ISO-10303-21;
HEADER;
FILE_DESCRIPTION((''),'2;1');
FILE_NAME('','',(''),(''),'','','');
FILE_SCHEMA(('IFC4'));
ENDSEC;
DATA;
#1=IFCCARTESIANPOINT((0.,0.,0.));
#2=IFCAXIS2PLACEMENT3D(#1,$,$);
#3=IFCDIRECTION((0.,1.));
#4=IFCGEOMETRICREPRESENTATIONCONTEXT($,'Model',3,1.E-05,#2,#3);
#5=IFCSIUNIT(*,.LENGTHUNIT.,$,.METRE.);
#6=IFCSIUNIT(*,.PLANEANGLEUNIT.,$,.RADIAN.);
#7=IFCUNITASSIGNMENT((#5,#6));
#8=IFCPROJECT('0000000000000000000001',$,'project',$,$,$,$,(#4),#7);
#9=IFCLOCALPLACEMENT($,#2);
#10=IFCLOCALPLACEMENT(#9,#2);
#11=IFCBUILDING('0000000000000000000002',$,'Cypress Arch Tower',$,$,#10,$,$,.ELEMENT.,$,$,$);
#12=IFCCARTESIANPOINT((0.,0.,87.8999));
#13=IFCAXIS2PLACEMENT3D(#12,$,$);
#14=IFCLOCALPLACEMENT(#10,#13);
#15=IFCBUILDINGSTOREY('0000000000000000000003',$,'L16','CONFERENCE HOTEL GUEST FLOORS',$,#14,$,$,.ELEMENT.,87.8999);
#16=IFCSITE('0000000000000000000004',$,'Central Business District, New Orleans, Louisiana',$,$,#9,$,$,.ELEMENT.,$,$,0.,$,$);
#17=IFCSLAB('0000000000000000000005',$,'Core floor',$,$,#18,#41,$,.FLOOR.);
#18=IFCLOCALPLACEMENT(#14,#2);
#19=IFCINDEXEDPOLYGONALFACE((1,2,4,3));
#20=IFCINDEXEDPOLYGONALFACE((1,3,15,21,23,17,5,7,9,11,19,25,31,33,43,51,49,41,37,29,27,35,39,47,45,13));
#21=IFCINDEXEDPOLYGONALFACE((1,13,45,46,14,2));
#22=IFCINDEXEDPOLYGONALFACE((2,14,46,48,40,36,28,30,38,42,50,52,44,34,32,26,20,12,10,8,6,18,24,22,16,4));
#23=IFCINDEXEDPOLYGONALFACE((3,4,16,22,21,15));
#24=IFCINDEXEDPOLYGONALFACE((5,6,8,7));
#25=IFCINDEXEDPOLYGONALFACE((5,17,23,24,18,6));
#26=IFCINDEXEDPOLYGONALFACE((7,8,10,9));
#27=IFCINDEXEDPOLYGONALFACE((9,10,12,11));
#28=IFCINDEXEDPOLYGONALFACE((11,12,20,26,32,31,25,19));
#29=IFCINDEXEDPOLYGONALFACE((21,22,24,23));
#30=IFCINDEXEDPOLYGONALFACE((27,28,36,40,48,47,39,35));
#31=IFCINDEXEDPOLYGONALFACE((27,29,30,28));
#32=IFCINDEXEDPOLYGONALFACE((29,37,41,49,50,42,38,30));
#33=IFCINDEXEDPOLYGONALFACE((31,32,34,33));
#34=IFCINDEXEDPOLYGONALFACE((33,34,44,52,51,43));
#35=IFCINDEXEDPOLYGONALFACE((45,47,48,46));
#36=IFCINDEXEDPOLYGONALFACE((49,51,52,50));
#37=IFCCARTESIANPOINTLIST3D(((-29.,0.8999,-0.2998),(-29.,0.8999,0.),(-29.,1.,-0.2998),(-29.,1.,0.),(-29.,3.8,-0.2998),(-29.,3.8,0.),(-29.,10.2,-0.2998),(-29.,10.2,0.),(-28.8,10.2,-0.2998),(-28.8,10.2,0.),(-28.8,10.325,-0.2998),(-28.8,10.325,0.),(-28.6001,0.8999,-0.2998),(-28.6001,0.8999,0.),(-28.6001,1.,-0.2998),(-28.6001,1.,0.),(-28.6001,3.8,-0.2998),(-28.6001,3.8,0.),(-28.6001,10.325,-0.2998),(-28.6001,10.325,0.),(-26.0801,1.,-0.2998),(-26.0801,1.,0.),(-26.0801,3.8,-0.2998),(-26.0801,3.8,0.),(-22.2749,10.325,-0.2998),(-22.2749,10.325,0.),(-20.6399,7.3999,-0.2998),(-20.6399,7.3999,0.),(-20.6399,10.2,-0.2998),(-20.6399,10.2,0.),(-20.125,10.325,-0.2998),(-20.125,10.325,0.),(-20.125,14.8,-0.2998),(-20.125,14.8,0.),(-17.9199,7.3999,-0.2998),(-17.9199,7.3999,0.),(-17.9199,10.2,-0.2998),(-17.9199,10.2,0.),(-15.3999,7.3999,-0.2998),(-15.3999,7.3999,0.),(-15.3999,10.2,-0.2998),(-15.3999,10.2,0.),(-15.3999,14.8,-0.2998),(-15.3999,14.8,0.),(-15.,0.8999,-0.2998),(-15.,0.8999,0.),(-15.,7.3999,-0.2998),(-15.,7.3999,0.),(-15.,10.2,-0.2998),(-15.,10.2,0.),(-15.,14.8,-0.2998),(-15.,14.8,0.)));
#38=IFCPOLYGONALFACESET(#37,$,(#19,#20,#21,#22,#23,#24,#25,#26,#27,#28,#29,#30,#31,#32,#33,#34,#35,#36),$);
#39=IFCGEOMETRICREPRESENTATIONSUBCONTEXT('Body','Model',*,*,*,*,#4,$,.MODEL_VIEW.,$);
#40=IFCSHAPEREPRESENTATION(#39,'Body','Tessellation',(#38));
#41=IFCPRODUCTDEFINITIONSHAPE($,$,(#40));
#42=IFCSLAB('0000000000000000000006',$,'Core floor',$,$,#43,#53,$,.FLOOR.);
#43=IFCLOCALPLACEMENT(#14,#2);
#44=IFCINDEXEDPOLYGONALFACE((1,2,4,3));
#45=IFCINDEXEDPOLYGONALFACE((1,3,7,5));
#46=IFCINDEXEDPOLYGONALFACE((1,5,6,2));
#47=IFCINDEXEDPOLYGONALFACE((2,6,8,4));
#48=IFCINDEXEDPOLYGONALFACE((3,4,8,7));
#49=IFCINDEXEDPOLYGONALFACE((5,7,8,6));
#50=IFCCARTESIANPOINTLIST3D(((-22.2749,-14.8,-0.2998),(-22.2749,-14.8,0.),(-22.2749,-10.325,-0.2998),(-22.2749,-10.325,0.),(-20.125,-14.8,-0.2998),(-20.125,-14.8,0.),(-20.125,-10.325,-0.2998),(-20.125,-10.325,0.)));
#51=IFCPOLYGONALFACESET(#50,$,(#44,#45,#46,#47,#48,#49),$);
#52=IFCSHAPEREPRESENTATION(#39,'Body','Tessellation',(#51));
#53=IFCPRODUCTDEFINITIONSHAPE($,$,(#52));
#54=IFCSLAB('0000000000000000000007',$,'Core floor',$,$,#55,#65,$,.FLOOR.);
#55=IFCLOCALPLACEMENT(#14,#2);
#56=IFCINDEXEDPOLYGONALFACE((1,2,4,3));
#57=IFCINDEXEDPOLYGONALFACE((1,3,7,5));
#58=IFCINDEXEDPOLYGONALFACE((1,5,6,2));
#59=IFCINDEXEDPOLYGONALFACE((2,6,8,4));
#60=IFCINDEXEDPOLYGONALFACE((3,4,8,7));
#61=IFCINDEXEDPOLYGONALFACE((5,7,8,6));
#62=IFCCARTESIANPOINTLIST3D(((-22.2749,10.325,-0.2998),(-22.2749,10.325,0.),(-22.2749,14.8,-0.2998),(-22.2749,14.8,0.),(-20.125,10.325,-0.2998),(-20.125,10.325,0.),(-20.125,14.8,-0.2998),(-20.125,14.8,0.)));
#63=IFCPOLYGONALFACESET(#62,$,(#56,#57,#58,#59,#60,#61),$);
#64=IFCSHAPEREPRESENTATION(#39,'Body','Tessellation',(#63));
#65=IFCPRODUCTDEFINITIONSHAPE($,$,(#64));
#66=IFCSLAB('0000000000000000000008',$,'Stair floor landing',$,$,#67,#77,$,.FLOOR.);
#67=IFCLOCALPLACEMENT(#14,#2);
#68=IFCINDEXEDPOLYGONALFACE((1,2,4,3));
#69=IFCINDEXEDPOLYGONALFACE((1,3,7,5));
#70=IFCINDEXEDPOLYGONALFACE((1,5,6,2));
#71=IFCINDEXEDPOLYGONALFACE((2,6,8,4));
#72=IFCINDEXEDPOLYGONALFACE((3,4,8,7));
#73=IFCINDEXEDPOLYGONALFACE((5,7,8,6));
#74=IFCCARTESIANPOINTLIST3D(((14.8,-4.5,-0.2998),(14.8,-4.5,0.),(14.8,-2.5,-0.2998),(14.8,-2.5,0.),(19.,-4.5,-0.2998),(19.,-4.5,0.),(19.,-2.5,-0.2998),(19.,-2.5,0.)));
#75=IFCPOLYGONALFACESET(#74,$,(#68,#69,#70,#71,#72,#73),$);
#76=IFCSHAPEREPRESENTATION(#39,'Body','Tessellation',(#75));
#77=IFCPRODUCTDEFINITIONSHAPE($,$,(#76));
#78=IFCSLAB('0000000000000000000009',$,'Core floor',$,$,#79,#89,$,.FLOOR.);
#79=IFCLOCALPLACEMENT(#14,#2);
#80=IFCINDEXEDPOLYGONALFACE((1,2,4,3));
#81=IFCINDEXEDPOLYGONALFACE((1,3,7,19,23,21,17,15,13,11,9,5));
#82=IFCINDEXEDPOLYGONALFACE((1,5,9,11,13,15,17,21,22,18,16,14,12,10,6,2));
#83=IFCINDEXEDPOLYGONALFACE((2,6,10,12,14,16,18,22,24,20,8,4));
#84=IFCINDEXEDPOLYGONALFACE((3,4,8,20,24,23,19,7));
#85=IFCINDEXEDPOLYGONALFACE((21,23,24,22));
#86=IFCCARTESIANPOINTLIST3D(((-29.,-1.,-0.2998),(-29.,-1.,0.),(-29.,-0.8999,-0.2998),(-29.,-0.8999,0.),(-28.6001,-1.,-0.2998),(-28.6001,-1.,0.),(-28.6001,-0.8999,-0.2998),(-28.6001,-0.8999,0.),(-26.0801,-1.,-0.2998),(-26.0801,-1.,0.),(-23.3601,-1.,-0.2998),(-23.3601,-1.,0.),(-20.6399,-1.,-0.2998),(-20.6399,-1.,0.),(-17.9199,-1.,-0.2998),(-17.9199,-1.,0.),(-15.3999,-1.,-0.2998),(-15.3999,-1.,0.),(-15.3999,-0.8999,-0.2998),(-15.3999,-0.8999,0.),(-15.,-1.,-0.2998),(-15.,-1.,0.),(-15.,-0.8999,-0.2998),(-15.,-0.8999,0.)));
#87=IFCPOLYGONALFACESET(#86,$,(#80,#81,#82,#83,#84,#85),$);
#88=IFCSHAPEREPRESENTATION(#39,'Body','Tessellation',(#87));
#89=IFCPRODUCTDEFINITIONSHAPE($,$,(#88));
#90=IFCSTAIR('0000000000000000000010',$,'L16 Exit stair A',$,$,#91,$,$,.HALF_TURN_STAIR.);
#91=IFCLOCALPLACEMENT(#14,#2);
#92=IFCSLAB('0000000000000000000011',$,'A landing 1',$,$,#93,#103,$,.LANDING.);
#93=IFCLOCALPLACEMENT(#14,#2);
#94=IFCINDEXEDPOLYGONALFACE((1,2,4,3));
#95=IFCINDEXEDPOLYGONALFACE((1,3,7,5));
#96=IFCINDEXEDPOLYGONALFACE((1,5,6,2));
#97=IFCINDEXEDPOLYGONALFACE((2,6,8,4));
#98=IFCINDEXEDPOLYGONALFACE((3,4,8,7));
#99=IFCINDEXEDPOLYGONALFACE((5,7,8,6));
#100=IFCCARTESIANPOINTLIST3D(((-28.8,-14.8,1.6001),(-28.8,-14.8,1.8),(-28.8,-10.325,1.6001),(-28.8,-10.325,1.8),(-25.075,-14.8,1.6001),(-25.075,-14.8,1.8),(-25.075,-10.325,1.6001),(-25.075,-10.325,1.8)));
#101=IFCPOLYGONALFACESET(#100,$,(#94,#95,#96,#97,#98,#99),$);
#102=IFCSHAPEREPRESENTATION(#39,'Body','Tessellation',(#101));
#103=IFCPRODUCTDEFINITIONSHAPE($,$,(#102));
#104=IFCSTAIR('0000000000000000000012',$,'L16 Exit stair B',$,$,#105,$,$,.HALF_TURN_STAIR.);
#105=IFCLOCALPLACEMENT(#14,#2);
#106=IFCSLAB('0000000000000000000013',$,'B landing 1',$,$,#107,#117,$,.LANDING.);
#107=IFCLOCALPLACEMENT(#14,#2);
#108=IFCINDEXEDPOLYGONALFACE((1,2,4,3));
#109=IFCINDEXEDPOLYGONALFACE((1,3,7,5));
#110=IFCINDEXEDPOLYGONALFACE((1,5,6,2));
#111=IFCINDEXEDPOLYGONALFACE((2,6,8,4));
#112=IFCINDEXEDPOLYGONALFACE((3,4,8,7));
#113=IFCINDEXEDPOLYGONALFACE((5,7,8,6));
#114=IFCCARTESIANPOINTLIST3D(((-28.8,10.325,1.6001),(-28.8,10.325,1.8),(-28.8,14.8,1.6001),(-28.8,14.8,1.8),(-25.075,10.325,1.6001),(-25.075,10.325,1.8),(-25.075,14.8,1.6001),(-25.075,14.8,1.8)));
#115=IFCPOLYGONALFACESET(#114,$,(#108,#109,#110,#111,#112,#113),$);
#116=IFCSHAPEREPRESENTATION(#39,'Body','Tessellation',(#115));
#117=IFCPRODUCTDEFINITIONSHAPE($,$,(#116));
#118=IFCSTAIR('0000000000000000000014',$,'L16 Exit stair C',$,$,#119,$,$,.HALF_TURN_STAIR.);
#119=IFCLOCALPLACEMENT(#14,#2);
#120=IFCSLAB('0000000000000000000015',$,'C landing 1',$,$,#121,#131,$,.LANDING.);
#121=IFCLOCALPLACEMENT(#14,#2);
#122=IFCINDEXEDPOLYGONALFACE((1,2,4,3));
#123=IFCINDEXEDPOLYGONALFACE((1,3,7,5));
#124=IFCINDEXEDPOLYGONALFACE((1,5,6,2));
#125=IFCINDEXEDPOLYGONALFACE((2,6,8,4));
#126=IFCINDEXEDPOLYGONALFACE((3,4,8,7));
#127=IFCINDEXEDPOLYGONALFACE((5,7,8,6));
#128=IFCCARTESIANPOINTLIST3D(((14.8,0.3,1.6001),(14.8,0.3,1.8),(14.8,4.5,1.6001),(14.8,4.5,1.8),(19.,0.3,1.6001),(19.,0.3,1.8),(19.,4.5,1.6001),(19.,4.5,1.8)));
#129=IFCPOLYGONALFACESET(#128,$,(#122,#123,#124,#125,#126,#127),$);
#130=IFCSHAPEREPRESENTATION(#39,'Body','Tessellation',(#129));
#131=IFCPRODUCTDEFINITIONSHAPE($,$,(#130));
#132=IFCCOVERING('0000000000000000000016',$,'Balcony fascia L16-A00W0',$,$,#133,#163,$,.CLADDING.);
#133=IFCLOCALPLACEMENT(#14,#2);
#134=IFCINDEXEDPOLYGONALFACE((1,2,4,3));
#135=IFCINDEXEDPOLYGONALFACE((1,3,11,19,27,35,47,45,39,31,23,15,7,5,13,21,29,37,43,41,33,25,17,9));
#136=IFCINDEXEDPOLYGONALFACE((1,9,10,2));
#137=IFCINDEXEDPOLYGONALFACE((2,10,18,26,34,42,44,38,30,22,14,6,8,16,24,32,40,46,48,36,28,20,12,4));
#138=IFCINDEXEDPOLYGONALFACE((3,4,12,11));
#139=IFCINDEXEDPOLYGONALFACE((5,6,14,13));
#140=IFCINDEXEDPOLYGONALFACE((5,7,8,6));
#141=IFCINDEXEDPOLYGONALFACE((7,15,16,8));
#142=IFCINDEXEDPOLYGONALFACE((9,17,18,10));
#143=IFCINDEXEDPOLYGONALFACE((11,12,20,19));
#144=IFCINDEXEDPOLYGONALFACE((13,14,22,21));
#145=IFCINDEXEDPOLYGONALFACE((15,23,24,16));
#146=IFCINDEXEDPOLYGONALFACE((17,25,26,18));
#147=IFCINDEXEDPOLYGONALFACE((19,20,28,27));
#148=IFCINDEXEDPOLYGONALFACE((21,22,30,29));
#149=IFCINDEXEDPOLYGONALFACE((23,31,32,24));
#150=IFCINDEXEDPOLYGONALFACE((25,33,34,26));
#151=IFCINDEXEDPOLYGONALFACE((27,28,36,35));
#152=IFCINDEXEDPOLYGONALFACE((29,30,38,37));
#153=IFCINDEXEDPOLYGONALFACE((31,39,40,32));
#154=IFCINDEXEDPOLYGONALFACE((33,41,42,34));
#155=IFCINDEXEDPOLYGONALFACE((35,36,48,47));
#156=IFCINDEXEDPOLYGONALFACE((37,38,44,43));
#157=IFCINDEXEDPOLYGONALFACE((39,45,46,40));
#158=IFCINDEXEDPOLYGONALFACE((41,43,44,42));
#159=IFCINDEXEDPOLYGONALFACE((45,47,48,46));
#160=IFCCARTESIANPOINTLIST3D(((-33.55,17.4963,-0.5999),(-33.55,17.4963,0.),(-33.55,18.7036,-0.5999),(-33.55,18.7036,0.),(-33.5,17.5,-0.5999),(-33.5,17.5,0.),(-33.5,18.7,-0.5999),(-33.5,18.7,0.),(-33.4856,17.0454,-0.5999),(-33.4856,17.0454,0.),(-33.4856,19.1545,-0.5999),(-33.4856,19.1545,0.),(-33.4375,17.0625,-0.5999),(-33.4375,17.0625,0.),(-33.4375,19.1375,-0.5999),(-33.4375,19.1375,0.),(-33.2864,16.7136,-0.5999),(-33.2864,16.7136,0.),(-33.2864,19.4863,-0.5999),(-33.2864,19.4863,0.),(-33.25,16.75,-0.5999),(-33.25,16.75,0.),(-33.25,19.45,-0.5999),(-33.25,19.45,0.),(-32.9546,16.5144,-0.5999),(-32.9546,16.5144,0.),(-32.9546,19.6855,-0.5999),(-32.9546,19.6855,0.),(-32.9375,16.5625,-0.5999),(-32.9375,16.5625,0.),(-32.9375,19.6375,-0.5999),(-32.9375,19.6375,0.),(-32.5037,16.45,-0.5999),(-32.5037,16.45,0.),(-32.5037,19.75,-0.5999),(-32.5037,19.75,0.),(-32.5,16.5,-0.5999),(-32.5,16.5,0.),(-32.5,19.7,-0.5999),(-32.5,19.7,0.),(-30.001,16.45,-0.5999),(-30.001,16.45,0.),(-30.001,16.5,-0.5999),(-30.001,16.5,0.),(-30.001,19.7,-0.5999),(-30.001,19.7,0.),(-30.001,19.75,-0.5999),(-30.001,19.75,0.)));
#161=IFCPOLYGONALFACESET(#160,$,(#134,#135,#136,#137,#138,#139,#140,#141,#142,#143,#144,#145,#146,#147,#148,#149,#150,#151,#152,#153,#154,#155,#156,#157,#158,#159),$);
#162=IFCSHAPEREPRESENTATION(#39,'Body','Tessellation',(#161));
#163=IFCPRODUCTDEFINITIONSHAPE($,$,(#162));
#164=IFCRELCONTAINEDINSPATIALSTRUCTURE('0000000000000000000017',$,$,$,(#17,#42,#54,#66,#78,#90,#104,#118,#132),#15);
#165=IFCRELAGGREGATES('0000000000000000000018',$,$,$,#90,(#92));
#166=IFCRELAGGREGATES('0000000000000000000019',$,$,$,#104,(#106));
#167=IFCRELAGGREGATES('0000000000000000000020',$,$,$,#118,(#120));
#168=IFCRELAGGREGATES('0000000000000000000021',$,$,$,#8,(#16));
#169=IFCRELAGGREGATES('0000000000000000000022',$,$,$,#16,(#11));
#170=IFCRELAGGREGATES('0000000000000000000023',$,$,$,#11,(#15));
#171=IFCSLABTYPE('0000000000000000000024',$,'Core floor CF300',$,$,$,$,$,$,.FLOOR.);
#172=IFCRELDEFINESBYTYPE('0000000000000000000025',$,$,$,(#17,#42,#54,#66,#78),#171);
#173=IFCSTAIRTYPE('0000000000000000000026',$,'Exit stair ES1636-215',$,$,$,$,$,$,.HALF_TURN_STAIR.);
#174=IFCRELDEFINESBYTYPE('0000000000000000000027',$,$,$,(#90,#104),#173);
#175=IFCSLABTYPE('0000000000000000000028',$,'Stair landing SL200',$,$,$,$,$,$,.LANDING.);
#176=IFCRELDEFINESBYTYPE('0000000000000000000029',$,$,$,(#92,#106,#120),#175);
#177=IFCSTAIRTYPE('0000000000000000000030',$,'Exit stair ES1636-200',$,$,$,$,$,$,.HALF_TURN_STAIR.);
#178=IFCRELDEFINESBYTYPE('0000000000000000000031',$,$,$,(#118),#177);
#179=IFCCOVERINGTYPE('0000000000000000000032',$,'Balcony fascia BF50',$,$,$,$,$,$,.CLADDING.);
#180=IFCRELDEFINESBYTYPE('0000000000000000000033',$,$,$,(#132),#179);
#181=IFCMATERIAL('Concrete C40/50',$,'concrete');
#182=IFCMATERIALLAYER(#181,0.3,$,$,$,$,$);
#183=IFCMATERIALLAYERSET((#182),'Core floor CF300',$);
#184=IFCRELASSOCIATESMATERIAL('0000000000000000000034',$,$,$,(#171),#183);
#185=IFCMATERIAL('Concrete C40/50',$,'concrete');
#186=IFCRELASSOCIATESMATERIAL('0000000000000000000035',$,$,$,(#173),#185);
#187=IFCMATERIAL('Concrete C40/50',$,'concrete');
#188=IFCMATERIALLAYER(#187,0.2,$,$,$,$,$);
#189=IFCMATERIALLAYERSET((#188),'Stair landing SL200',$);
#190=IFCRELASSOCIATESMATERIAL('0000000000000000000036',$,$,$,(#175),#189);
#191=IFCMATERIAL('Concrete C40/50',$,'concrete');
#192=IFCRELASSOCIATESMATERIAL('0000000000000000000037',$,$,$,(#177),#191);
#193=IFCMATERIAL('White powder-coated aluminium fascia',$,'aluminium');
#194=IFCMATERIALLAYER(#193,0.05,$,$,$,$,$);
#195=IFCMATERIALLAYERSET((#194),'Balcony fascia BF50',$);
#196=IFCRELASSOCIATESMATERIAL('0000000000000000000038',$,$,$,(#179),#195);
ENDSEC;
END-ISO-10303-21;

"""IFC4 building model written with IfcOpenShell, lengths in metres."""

from ifc_helpers import new_model, si_unit, direction, frame, origin, place, context, subcontext, project, spatial, polyline, outline, extrude, material, layer, layer_set, type_object, element, aggregate, save


model = new_model("IFC4")

# Units and contexts
model_context = context("Model", 3, precision=1e-05, world=origin(), true_north=direction((0.0, 1.0)))
body_context = subcontext(model_context, "Body", "Model", "MODEL_VIEW")
ifc_project = project(units=[si_unit("LENGTHUNIT", "METRE"), si_unit("PLANEANGLEUNIT", "RADIAN")], contexts=[model_context])

# Site, building, storey
site_placement = place(None, origin())
site = spatial("IfcSite", under=ifc_project, at=site_placement, Name="Central Business District, New Orleans, Louisiana", CompositionType="ELEMENT", RefElevation=0.0)
building_placement = place(site_placement, origin())
building = spatial("IfcBuilding", under=site, at=building_placement, Name="Cypress Arch Tower", CompositionType="ELEMENT")
storey_placement = place(building_placement, frame((0.0, 0.0, 87.8999)))
storey = spatial("IfcBuildingStorey", under=building, at=storey_placement, Name="L16", Description="CONFERENCE HOTEL GUEST FLOORS", CompositionType="ELEMENT", Elevation=87.8999)

# Slabs
ifc_material_1 = material(Name="Concrete C40/50", Category="concrete")
ifc_layer_1 = layer(ifc_material_1, 0.3)
ifc_layer_set_1 = layer_set([ifc_layer_1], Name="Core floor CF300")
slab_type_1 = type_object("IfcSlabType", Name="Core floor CF300", PredefinedType="FLOOR", material=ifc_layer_set_1)
slab_1_placement = place(storey_placement, frame((0.0, 0.0, -0.2998)))
element("IfcSlab", 1, at=slab_1_placement, inside=storey, type_object=slab_type_1, Name="Core floor", PredefinedType="FLOOR", context=body_context, shape_type="SweptSolid", body=[
    extrude(outline(polyline([(-29.0, 3.8), (-29.0, 10.2), (-28.8, 10.2), (-28.8, 10.325), (-28.6001, 10.325), (-22.2749, 10.325), (-20.125, 10.325), (-20.125, 14.8), (-15.3999, 14.8), (-15.0, 14.8), (-15.0, 10.2), (-15.3999, 10.2), (-17.9199, 10.2), (-20.6399, 10.2), (-20.6399, 7.3999), (-17.9199, 7.3999), (-15.3999, 7.3999), (-15.0, 7.3999), (-15.0, 0.8999), (-28.6001, 0.8999), (-29.0, 0.8999), (-29.0, 1.0), (-28.6001, 1.0), (-26.0801, 1.0), (-26.0801, 3.8), (-28.6001, 3.8), (-29.0, 3.8)])), origin(), (0.0, 0.0, 1.0), 0.2998),
])
slab_2_placement = place(storey_placement, frame((0.0, 0.0, -0.2998)))
element("IfcSlab", 2, at=slab_2_placement, inside=storey, type_object=slab_type_1, Name="Core floor", PredefinedType="FLOOR", context=body_context, shape_type="SweptSolid", body=[
    extrude(outline(polyline([(-22.2749, -10.325), (-22.2749, -14.8), (-20.125, -14.8), (-20.125, -10.325), (-22.2749, -10.325)])), origin(), (0.0, 0.0, 1.0), 0.2998),
])
slab_3_placement = place(storey_placement, frame((0.0, 0.0, -0.2998)))
element("IfcSlab", 3, at=slab_3_placement, inside=storey, type_object=slab_type_1, Name="Core floor", PredefinedType="FLOOR", context=body_context, shape_type="SweptSolid", body=[
    extrude(outline(polyline([(-20.125, 14.8), (-22.2749, 14.8), (-22.2749, 10.325), (-20.125, 10.325), (-20.125, 14.8)])), origin(), (0.0, 0.0, 1.0), 0.2998),
])
slab_4_placement = place(storey_placement, frame((0.0, 0.0, -0.2998)))
element("IfcSlab", 4, at=slab_4_placement, inside=storey, type_object=slab_type_1, Name="Stair floor landing", PredefinedType="FLOOR", context=body_context, shape_type="SweptSolid", body=[
    extrude(outline(polyline([(19.0, -4.5), (19.0, -2.5), (14.8, -2.5), (14.8, -4.5), (19.0, -4.5)])), origin(), (0.0, 0.0, 1.0), 0.2998),
])
slab_5_placement = place(storey_placement, frame((0.0, 0.0, -0.2998)))
element("IfcSlab", 5, at=slab_5_placement, inside=storey, type_object=slab_type_1, Name="Core floor", PredefinedType="FLOOR", context=body_context, shape_type="SweptSolid", body=[
    extrude(outline(polyline([(-20.6399, -1.0), (-23.3601, -1.0), (-26.0801, -1.0), (-28.6001, -1.0), (-29.0, -1.0), (-29.0, -0.8999), (-28.6001, -0.8999), (-15.3999, -0.8999), (-15.0, -0.8999), (-15.0, -1.0), (-15.3999, -1.0), (-17.9199, -1.0), (-20.6399, -1.0)])), origin(), (0.0, 0.0, 1.0), 0.2998),
])

# Stairs, slabs
ifc_material_2 = material(Name="Concrete C40/50", Category="concrete")
stair_type_1 = type_object("IfcStairType", Name="Exit stair ES1636-215", PredefinedType="HALF_TURN_STAIR", material=ifc_material_2)
stair_1_placement = place(storey_placement, origin())
stair_1 = element("IfcStair", 6, at=stair_1_placement, inside=storey, type_object=stair_type_1, Name="L16 Exit stair A", PredefinedType="HALF_TURN_STAIR")
ifc_material_3 = material(Name="Concrete C40/50", Category="concrete")
ifc_layer_2 = layer(ifc_material_3, 0.2)
ifc_layer_set_2 = layer_set([ifc_layer_2], Name="Stair landing SL200")
slab_type_2 = type_object("IfcSlabType", Name="Stair landing SL200", PredefinedType="LANDING", material=ifc_layer_set_2)
slab_6_placement = place(storey_placement, frame((0.0, 0.0, 1.6001)))
slab_6 = element("IfcSlab", 7, at=slab_6_placement, type_object=slab_type_2, Name="A landing 1", PredefinedType="LANDING", context=body_context, shape_type="SweptSolid", body=[
    extrude(outline(polyline([(-25.075, -10.325), (-28.8, -10.325), (-28.8, -14.8), (-25.075, -14.8), (-25.075, -10.325)])), origin(), (0.0, 0.0, 1.0), 0.2),
])
aggregate(stair_1, [slab_6])
stair_2_placement = place(storey_placement, origin())
stair_2 = element("IfcStair", 8, at=stair_2_placement, inside=storey, type_object=stair_type_1, Name="L16 Exit stair B", PredefinedType="HALF_TURN_STAIR")
slab_7_placement = place(storey_placement, frame((0.0, 0.0, 1.6001)))
slab_7 = element("IfcSlab", 9, at=slab_7_placement, type_object=slab_type_2, Name="B landing 1", PredefinedType="LANDING", context=body_context, shape_type="SweptSolid", body=[
    extrude(outline(polyline([(-25.075, 14.8), (-28.8, 14.8), (-28.8, 10.325), (-25.075, 10.325), (-25.075, 14.8)])), origin(), (0.0, 0.0, 1.0), 0.2),
])
aggregate(stair_2, [slab_7])
ifc_material_4 = material(Name="Concrete C40/50", Category="concrete")
stair_type_2 = type_object("IfcStairType", Name="Exit stair ES1636-200", PredefinedType="HALF_TURN_STAIR", material=ifc_material_4)
stair_3_placement = place(storey_placement, origin())
stair_3 = element("IfcStair", 10, at=stair_3_placement, inside=storey, type_object=stair_type_2, Name="L16 Exit stair C", PredefinedType="HALF_TURN_STAIR")
slab_8_placement = place(storey_placement, frame((0.0, 0.0, 1.6001)))
slab_8 = element("IfcSlab", 11, at=slab_8_placement, type_object=slab_type_2, Name="C landing 1", PredefinedType="LANDING", context=body_context, shape_type="SweptSolid", body=[
    extrude(outline(polyline([(19.0, 0.3), (19.0, 4.5), (14.8, 4.5), (14.8, 0.3), (19.0, 0.3)])), origin(), (0.0, 0.0, 1.0), 0.2),
])
aggregate(stair_3, [slab_8])

# Covering
ifc_material_5 = material(Name="White powder-coated aluminium fascia", Category="aluminium")
ifc_layer_3 = layer(ifc_material_5, 0.05)
ifc_layer_set_3 = layer_set([ifc_layer_3], Name="Balcony fascia BF50")
covering_type_1 = type_object("IfcCoveringType", Name="Balcony fascia BF50", PredefinedType="CLADDING", material=ifc_layer_set_3)
covering_1_placement = place(storey_placement, frame((0.0, 0.0, -0.5999)))
element("IfcCovering", 12, at=covering_1_placement, inside=storey, type_object=covering_type_1, Name="Balcony fascia L16-A00W0", PredefinedType="CLADDING", context=body_context, shape_type="SweptSolid", body=[
    extrude(outline(polyline([(-32.5037, 16.45), (-32.9546, 16.5144), (-33.2864, 16.7136), (-33.4856, 17.0454), (-33.55, 17.4963), (-33.55, 18.7036), (-33.4856, 19.1545), (-33.2864, 19.4863), (-32.9546, 19.6855), (-32.5037, 19.75), (-30.001, 19.75), (-30.001, 19.7), (-32.5, 19.7), (-32.9375, 19.6375), (-33.25, 19.45), (-33.4375, 19.1375), (-33.5, 18.7), (-33.5, 17.5), (-33.4375, 17.0625), (-33.25, 16.75), (-32.9375, 16.5625), (-32.5, 16.5), (-30.001, 16.5), (-30.001, 16.45), (-32.5037, 16.45)])), origin(), (0.0, 0.0, 1.0), 0.5999),
])

save(model, "model.ifc")
